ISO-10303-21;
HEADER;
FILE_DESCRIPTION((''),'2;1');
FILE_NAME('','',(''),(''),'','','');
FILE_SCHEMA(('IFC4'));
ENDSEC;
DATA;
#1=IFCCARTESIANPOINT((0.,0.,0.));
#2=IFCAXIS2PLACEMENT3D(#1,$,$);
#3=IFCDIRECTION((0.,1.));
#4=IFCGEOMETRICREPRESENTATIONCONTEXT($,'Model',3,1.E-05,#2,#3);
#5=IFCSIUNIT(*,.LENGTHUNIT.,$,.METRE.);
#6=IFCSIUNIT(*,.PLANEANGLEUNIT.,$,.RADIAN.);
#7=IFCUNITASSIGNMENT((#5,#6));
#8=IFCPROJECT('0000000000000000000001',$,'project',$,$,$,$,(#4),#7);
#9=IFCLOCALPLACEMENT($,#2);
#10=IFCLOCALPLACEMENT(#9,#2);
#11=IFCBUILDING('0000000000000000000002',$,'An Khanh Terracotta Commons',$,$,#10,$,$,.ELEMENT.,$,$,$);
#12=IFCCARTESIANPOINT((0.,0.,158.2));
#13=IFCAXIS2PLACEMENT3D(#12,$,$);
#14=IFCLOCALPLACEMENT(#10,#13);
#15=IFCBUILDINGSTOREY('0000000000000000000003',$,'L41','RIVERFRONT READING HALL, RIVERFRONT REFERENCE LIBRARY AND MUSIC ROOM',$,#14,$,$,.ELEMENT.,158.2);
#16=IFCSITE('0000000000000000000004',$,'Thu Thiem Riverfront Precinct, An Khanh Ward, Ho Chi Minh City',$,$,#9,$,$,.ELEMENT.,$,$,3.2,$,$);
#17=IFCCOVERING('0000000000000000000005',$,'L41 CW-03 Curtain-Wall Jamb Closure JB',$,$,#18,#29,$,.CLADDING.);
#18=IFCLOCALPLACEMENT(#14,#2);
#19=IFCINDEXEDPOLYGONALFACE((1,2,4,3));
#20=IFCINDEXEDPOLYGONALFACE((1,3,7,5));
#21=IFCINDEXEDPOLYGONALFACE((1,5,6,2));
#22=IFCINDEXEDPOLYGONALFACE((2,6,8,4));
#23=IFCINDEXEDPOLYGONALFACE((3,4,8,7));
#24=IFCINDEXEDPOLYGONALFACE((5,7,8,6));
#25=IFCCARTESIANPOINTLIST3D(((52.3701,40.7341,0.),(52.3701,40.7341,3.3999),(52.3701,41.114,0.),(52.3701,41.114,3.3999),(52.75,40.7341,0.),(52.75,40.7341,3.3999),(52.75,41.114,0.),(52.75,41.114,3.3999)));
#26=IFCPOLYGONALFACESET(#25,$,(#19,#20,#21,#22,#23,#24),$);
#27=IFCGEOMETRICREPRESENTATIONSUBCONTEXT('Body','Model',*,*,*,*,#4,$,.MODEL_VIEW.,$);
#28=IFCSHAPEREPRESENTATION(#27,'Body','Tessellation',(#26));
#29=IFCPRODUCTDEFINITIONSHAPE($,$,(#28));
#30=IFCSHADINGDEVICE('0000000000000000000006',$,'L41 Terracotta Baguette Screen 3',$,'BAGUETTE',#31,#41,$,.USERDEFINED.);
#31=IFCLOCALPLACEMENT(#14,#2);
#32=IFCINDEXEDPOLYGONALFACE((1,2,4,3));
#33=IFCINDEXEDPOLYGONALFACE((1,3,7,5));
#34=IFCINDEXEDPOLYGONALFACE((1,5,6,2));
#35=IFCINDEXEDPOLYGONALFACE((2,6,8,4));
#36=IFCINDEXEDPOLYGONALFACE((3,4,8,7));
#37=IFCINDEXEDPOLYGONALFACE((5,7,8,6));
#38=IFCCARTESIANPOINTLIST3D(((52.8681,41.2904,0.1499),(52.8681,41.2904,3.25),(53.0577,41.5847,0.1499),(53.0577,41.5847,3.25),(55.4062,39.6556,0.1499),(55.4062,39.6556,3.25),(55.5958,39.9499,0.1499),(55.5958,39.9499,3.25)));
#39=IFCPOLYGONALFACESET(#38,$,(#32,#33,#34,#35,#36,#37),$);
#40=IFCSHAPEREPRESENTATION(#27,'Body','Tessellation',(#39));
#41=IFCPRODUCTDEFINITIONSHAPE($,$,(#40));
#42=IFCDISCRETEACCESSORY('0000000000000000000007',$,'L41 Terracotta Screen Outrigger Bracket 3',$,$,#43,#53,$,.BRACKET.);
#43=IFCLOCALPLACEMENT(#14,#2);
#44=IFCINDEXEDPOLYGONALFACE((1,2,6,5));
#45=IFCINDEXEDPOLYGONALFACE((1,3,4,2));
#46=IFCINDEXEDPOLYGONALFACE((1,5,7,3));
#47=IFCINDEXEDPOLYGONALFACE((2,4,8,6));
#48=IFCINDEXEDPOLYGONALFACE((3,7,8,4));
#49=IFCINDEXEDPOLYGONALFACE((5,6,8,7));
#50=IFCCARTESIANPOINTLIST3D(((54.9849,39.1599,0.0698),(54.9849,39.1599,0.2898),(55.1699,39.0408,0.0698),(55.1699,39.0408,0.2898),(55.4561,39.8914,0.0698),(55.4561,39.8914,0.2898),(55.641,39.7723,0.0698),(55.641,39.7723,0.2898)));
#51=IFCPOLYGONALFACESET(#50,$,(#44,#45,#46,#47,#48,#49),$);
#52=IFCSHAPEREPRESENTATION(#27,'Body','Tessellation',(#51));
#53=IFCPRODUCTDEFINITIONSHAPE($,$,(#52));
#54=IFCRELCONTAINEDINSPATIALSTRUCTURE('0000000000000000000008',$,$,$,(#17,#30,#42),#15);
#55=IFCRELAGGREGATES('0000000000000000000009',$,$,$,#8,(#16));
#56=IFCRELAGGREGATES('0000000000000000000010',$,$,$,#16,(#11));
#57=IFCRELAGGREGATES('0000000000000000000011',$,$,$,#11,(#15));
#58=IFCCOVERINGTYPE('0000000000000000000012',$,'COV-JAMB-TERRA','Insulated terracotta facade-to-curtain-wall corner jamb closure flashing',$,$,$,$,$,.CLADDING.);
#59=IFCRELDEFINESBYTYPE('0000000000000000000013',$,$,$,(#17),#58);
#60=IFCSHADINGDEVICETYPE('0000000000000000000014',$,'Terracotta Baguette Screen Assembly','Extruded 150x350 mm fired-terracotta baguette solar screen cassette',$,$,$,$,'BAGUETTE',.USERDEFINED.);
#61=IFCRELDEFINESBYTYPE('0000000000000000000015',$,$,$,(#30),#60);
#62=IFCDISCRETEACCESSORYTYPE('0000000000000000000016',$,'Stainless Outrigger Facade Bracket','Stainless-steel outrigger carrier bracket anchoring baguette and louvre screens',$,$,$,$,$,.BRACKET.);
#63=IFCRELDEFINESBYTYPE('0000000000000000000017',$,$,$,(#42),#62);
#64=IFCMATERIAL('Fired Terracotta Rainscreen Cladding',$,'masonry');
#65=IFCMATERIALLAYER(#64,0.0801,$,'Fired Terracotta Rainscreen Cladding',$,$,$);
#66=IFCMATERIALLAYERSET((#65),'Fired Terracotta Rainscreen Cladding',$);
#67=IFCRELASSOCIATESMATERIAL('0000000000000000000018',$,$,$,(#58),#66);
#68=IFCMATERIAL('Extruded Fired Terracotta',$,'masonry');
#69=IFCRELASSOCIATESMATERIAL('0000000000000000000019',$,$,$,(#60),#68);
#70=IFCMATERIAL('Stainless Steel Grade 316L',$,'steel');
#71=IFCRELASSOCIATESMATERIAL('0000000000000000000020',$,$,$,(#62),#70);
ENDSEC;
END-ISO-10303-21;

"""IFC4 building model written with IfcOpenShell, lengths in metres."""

from ifc_helpers import new_model, si_unit, direction, frame, origin, origin_2d, place, context, subcontext, project, spatial, rectangle, extrude, material, layer, layer_set, type_object, element, save


model = new_model("IFC4")

# Units and contexts
model_context = context("Model", 3, precision=1e-05, world=origin(), true_north=direction((0.0, 1.0)))
body_context = subcontext(model_context, "Body", "Model", "MODEL_VIEW")
ifc_project = project(units=[si_unit("LENGTHUNIT", "METRE"), si_unit("PLANEANGLEUNIT", "RADIAN")], contexts=[model_context])

# Site, building, storey
site_placement = place(None, origin())
site = spatial("IfcSite", under=ifc_project, at=site_placement, Name="Thu Thiem Riverfront Precinct, An Khanh Ward, Ho Chi Minh City", CompositionType="ELEMENT", RefElevation=3.2)
building_placement = place(site_placement, origin())
building = spatial("IfcBuilding", under=site, at=building_placement, Name="An Khanh Terracotta Commons", CompositionType="ELEMENT")
storey_placement = place(building_placement, frame((0.0, 0.0, 158.2)))
storey = spatial("IfcBuildingStorey", under=building, at=storey_placement, Name="L41", Description="RIVERFRONT READING HALL, RIVERFRONT REFERENCE LIBRARY AND MUSIC ROOM", CompositionType="ELEMENT", Elevation=158.2)

# Covering
ifc_material_1 = material(Name="Fired Terracotta Rainscreen Cladding", Category="masonry")
ifc_layer_1 = layer(ifc_material_1, 0.0801, Name="Fired Terracotta Rainscreen Cladding")
ifc_layer_set_1 = layer_set([ifc_layer_1], Name="Fired Terracotta Rainscreen Cladding")
covering_type = type_object("IfcCoveringType", Name="COV-JAMB-TERRA", Description="Insulated terracotta facade-to-curtain-wall corner jamb closure flashing", PredefinedType="CLADDING", material=ifc_layer_set_1)
covering_placement = place(storey_placement, frame((52.5601, 40.9241, 0.0), z_axis=(0.0, 0.0, 1.0), x_axis=(1.0, 0.0, 0.0)))
element("IfcCovering", 1, at=covering_placement, inside=storey, type_object=covering_type, Name="L41 CW-03 Curtain-Wall Jamb Closure JB", PredefinedType="CLADDING", context=body_context, shape_type="SweptSolid", body=[
    extrude(rectangle(XDim=0.3799, YDim=0.3799, at=origin_2d()), origin(), (0.0, 0.0, 1.0), 3.3999),
])

# Shading device
ifc_material_2 = material(Name="Extruded Fired Terracotta", Category="masonry")
shading_device_type = type_object("IfcShadingDeviceType", Name="Terracotta Baguette Screen Assembly", Description="Extruded 150x350 mm fired-terracotta baguette solar screen cassette", ElementType="BAGUETTE", PredefinedType="USERDEFINED", material=ifc_material_2)
shading_device_placement = place(storey_placement, frame((54.2319, 40.6201, 0.1499), z_axis=(0.0, 0.0, 1.0), x_axis=(-0.840702, 0.541498, 0.0)))
element("IfcShadingDevice", 2, at=shading_device_placement, inside=storey, type_object=shading_device_type, Name="L41 Terracotta Baguette Screen 3", ObjectType="BAGUETTE", PredefinedType="USERDEFINED", context=body_context, shape_type="SweptSolid", body=[
    extrude(rectangle(XDim=3.019, YDim=0.3501, at=origin_2d()), origin(), (0.0, 0.0, 1.0), 3.1001),
])

# Discrete accessory
ifc_material_3 = material(Name="Stainless Steel Grade 316L", Category="steel")
discrete_accessory_type = type_object("IfcDiscreteAccessoryType", Name="Stainless Outrigger Facade Bracket", Description="Stainless-steel outrigger carrier bracket anchoring baguette and louvre screens", PredefinedType="BRACKET", material=ifc_material_3)
discrete_accessory_placement = place(storey_placement, frame((55.313, 39.4661, 0.0698), z_axis=(0.0, 0.0, 1.0), x_axis=(-0.840702, 0.541498, 0.0)))
element("IfcDiscreteAccessory", 3, at=discrete_accessory_placement, inside=storey, type_object=discrete_accessory_type, Name="L41 Terracotta Screen Outrigger Bracket 3", PredefinedType="BRACKET", context=body_context, shape_type="SweptSolid", body=[
    extrude(rectangle(XDim=0.22, YDim=0.8701, at=origin_2d()), origin(), (0.0, 0.0, 1.0), 0.22),
])

save(model, "model.ifc")
